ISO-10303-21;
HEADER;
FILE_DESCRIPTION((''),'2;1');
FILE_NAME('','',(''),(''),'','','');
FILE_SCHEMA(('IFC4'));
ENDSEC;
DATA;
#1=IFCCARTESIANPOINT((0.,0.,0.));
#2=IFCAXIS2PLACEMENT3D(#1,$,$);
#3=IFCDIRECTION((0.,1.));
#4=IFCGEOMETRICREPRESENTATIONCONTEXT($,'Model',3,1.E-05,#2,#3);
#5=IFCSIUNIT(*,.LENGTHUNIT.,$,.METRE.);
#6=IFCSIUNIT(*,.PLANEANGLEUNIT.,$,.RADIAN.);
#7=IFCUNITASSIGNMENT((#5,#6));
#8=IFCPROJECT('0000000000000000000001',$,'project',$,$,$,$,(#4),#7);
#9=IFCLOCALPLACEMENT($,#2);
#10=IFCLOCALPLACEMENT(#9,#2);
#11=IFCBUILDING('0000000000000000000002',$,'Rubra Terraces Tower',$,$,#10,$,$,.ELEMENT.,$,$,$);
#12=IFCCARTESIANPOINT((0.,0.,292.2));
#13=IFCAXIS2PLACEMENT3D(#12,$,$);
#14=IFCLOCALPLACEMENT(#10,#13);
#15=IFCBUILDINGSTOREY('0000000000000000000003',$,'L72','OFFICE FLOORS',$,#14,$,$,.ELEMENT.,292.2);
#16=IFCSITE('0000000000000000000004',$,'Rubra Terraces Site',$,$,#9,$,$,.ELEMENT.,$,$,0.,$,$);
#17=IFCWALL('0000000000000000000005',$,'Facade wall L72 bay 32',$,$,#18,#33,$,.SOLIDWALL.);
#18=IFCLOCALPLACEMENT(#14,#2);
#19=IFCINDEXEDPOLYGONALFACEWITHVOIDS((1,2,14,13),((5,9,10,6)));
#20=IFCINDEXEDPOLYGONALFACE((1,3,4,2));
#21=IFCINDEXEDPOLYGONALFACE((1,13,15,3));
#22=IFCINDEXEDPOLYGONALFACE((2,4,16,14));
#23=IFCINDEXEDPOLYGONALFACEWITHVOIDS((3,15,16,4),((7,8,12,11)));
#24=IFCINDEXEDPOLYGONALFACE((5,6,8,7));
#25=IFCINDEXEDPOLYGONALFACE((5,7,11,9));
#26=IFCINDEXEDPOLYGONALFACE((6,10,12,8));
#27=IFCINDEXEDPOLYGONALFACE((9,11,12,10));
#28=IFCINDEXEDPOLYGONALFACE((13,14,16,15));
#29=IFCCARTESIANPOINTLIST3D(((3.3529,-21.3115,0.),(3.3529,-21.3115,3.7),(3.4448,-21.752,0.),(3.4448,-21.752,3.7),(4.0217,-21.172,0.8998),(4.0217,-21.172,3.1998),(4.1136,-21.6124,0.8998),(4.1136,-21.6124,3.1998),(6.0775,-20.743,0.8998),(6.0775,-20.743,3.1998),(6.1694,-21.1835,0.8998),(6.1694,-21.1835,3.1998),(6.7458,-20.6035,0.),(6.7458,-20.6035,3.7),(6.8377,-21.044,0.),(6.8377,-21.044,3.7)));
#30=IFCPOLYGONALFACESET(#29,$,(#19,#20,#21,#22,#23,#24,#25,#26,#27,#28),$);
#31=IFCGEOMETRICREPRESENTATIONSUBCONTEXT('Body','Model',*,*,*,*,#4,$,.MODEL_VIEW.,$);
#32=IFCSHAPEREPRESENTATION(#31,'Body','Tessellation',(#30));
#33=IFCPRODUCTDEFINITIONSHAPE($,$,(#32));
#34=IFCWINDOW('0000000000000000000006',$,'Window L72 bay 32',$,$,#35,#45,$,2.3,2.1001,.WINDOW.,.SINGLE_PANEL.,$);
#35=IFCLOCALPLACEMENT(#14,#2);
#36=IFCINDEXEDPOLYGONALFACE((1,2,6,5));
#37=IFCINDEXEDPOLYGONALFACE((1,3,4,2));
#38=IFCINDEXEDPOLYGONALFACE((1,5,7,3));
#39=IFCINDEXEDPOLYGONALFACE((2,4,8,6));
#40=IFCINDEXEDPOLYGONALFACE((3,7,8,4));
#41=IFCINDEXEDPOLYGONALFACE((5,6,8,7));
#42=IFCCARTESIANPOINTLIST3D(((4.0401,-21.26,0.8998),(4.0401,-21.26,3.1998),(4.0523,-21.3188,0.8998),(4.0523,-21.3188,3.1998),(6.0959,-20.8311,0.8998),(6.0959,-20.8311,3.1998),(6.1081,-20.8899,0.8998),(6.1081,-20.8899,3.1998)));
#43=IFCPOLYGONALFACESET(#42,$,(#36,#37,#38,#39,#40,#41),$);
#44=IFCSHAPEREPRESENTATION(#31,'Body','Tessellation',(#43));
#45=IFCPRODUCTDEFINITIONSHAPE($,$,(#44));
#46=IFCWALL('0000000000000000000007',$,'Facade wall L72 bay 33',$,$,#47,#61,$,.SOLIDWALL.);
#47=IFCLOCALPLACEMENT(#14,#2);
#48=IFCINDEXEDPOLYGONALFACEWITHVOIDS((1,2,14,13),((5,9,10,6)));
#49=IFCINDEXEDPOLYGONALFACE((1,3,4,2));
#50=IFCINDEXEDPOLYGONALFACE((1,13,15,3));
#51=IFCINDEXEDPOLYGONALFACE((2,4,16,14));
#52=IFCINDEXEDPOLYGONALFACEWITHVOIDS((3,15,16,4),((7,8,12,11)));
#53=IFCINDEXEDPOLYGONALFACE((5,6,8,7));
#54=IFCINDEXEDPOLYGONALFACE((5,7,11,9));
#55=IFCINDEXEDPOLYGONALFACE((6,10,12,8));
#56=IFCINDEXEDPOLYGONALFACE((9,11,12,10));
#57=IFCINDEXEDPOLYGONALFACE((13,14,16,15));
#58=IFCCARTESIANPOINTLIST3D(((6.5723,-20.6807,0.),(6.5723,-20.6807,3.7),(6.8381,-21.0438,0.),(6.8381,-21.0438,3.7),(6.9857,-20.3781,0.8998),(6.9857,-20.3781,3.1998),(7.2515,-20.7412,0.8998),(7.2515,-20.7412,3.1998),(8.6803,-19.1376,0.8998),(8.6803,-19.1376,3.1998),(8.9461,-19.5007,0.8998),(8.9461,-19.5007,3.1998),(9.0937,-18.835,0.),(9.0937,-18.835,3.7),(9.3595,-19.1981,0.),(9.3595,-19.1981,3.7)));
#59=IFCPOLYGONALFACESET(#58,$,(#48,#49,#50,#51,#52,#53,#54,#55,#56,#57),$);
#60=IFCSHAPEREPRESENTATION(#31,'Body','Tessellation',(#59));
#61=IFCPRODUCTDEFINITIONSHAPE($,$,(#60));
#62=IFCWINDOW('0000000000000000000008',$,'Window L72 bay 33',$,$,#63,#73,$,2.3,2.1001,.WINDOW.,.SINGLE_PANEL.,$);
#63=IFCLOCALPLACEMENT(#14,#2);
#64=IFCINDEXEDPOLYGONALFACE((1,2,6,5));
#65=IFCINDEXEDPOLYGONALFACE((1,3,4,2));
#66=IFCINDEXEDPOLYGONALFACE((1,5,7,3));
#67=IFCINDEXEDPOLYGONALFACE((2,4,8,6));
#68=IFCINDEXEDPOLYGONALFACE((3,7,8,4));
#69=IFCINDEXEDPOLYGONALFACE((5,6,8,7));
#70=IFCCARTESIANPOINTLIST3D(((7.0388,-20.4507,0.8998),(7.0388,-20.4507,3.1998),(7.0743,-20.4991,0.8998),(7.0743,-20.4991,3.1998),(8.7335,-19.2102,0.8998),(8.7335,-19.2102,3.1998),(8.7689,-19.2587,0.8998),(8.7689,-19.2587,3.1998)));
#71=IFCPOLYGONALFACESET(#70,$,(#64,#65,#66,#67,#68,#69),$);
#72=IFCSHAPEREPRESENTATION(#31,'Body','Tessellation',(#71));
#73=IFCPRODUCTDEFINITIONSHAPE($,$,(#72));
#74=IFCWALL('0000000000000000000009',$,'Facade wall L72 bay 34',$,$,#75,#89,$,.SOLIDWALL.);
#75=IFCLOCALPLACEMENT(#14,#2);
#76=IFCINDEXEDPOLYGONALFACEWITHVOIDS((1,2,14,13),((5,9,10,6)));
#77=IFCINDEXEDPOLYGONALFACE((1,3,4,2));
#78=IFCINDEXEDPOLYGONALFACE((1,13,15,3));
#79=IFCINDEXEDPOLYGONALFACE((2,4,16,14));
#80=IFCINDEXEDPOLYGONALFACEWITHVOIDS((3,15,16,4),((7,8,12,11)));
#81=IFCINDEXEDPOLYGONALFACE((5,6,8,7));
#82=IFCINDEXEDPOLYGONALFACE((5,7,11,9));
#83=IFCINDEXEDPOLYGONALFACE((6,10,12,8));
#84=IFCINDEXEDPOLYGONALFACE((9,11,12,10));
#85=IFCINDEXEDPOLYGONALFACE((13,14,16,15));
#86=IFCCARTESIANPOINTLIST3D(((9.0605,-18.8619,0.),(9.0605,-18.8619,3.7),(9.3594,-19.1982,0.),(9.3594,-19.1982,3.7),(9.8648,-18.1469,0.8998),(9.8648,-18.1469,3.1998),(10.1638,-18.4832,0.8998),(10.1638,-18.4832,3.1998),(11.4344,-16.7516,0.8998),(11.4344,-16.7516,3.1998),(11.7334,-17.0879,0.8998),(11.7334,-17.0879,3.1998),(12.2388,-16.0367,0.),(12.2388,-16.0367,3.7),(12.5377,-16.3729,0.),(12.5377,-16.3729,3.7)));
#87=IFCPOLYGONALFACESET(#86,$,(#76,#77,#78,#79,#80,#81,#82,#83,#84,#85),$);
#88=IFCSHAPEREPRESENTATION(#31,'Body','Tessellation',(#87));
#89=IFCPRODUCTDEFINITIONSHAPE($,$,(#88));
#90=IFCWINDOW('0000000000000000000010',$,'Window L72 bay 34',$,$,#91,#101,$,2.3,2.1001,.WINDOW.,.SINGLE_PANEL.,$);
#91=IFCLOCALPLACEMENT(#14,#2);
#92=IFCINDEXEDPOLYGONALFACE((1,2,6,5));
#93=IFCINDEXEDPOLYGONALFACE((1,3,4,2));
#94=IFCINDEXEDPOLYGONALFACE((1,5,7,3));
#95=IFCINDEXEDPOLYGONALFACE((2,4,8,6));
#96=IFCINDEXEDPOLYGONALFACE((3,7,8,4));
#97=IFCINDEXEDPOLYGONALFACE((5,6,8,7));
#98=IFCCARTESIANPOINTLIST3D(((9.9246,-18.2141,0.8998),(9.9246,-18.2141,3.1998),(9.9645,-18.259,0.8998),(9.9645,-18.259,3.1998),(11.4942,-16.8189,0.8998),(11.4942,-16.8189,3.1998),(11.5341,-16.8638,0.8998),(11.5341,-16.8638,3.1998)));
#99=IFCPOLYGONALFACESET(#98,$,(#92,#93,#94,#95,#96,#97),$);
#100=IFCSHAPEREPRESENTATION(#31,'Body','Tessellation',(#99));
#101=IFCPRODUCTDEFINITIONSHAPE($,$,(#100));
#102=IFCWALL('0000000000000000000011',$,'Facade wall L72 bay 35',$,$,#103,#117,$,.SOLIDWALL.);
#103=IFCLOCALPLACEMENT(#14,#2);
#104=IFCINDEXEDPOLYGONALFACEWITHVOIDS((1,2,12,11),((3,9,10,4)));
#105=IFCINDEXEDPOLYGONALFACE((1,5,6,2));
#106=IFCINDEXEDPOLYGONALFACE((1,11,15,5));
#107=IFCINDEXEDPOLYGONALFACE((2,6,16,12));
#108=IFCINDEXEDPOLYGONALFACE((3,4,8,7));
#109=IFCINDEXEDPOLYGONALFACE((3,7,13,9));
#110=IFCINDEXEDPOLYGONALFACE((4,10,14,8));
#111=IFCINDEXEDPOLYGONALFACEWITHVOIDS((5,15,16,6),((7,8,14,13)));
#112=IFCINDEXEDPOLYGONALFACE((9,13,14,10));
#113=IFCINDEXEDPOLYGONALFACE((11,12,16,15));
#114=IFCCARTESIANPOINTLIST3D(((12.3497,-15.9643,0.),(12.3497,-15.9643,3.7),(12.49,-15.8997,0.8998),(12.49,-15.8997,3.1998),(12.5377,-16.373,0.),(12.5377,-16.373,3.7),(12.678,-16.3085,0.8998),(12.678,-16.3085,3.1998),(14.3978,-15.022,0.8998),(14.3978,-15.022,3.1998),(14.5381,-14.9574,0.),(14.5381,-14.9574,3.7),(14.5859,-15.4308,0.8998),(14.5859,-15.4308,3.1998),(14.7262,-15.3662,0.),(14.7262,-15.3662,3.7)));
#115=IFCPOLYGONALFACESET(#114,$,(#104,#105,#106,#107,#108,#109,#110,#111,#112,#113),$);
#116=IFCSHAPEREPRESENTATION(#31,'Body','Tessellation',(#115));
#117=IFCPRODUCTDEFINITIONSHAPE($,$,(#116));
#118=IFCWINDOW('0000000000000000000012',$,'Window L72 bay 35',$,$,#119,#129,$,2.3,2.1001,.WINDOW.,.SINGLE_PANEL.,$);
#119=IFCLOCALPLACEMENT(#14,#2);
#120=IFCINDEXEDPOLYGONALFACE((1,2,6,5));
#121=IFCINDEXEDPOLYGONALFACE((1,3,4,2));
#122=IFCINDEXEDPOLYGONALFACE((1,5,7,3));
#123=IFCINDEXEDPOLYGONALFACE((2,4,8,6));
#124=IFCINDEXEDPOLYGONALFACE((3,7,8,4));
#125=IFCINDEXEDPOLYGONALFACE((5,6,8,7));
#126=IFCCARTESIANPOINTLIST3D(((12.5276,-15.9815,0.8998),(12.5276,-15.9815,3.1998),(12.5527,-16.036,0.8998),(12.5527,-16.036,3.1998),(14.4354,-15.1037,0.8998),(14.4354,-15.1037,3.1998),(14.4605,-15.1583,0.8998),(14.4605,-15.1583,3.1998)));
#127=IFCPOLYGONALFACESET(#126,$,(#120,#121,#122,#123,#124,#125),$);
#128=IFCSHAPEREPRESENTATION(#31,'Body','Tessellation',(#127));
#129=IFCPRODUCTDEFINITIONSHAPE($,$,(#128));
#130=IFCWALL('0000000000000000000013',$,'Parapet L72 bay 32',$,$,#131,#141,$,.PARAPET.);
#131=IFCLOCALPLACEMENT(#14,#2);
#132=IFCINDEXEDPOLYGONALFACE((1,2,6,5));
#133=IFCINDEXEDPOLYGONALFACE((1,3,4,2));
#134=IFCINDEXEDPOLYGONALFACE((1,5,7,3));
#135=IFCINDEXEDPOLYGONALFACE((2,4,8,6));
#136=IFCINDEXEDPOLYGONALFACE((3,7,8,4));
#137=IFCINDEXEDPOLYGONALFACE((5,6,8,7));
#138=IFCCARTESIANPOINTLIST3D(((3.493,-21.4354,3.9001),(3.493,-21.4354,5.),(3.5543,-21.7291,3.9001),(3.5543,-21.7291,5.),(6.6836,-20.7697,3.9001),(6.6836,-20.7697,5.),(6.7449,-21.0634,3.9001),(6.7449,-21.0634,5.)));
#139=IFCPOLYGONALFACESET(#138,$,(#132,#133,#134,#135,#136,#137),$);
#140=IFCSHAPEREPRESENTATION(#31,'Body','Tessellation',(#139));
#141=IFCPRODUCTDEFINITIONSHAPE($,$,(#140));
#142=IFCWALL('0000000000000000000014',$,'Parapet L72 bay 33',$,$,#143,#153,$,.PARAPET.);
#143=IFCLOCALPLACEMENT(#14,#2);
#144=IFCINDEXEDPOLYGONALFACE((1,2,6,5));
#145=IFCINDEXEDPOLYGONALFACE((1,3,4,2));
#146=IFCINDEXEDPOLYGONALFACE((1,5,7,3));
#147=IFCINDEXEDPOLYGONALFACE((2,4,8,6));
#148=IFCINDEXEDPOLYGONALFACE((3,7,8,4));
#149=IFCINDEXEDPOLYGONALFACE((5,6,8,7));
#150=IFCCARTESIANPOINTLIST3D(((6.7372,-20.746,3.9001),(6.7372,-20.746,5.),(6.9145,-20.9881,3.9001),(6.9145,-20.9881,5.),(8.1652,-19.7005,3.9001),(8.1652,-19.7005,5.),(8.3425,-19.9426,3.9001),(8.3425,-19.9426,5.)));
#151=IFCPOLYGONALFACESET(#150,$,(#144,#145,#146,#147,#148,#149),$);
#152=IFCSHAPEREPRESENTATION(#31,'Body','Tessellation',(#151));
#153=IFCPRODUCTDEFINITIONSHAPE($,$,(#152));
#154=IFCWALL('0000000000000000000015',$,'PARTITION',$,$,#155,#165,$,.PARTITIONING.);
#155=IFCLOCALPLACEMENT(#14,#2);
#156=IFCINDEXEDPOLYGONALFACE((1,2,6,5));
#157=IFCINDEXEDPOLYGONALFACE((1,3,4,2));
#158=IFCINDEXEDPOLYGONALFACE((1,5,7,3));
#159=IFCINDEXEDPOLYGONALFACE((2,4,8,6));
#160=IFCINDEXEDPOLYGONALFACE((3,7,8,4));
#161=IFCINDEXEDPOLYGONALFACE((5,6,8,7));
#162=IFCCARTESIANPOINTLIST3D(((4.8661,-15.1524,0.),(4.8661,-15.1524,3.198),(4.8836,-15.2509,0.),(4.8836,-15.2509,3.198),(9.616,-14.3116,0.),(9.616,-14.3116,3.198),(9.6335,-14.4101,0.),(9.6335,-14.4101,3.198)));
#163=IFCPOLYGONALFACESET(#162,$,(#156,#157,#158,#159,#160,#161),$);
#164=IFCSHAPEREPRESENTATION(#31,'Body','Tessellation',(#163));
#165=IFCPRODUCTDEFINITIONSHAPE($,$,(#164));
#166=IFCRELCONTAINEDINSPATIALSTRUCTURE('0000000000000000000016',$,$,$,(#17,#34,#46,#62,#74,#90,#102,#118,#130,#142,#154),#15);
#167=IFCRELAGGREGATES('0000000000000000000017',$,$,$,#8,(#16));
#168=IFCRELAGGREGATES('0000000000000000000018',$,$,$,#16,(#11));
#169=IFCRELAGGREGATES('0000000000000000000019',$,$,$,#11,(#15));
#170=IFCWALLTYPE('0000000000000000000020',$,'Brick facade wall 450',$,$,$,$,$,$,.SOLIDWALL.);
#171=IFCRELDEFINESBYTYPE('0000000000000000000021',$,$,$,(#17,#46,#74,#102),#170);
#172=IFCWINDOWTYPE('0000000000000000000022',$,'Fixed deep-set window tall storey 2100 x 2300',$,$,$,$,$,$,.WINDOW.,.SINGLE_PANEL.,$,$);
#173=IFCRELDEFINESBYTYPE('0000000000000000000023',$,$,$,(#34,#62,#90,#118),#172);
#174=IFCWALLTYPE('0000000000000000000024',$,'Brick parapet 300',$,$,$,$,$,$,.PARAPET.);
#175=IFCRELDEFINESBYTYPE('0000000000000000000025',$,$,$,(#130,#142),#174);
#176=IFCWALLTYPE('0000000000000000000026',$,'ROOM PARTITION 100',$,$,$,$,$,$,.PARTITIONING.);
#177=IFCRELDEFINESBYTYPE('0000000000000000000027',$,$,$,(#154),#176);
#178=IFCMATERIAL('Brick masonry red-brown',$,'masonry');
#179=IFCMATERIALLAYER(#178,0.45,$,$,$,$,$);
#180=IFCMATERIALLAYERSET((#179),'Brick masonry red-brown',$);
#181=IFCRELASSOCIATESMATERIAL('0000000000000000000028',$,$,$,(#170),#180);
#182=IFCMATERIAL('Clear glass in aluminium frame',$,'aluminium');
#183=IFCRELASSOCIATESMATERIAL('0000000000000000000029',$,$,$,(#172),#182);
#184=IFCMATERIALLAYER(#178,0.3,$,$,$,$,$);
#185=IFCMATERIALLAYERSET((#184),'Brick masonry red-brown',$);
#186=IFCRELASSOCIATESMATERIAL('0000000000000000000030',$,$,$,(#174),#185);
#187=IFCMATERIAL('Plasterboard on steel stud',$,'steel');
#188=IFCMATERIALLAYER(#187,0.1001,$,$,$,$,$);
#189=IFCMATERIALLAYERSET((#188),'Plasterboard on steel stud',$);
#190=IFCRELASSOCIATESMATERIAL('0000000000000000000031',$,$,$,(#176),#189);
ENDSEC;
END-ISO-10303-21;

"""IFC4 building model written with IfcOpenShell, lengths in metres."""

from ifc_helpers import new_model, si_unit, direction, frame, frame_2d, origin, place, context, subcontext, project, spatial, rectangle, extrude, material, layer, layer_set, type_object, element, fill, save


model = new_model("IFC4")

# Units and contexts
model_context = context("Model", 3, precision=1e-05, world=origin(), true_north=direction((0.0, 1.0)))
body_context = subcontext(model_context, "Body", "Model", "MODEL_VIEW")
ifc_project = project(units=[si_unit("LENGTHUNIT", "METRE"), si_unit("PLANEANGLEUNIT", "RADIAN")], contexts=[model_context])

# Site, building, storey
site_placement = place(None, origin())
site = spatial("IfcSite", under=ifc_project, at=site_placement, Name="Rubra Terraces Site", CompositionType="ELEMENT", RefElevation=0.0)
building_placement = place(site_placement, origin())
building = spatial("IfcBuilding", under=site, at=building_placement, Name="Rubra Terraces Tower", CompositionType="ELEMENT")
storey_placement = place(building_placement, frame((0.0, 0.0, 292.2)))
storey = spatial("IfcBuildingStorey", under=building, at=storey_placement, Name="L72", Description="OFFICE FLOORS", CompositionType="ELEMENT", Elevation=292.2)

# Walls, openings, windows
ifc_material_1 = material(Name="Brick masonry red-brown", Category="masonry")
ifc_layer_1 = layer(ifc_material_1, 0.45)
ifc_layer_set_1 = layer_set([ifc_layer_1], Name="Brick masonry red-brown")
wall_type_1 = type_object("IfcWallType", Name="Brick facade wall 450", PredefinedType="SOLIDWALL", material=ifc_layer_set_1)
wall_1_placement = place(storey_placement, frame((3.3989, -21.5317, 0.0), z_axis=(0.0, 0.0, 1.0), x_axis=(0.978916, 0.204264, 0.0)))
wall_1 = element("IfcWall", 1, at=wall_1_placement, inside=storey, type_object=wall_type_1, Name="Facade wall L72 bay 32", PredefinedType="SOLIDWALL", context=body_context, shape_type="SweptSolid", body=[
    extrude(rectangle(XDim=3.4661, YDim=0.45, at=frame_2d((1.7329, 0.0))), origin(), (0.0, 0.0, 1.0), 3.7),
])
opening_1_placement = place(wall_1_placement, frame((0.6831, 0.0, 0.8999)))
opening_1 = element("IfcOpeningElement", 2, at=opening_1_placement, cuts=wall_1, PredefinedType="OPENING", context=body_context, shape_type="SweptSolid", body=[
    extrude(rectangle(XDim=2.1001, YDim=2.3, at=frame_2d((1.05, 1.1499))), frame((0.0, 0.2349, 0.0), z_axis=(0.0, -1.0, 0.0), x_axis=(1.0, 0.0, 0.0)), (0.0, 0.0, 1.0), 0.47),
])
ifc_material_2 = material(Name="Clear glass in aluminium frame", Category="aluminium")
window_type = type_object("IfcWindowType", Name="Fixed deep-set window tall storey 2100 x 2300", PartitioningType="SINGLE_PANEL", PredefinedType="WINDOW", material=ifc_material_2)
window_1_placement = place(opening_1_placement, origin())
window_1 = element("IfcWindow", 3, at=window_1_placement, inside=storey, type_object=window_type, Name="Window L72 bay 32", OverallHeight=2.3, OverallWidth=2.1001, PartitioningType="SINGLE_PANEL", PredefinedType="WINDOW", context=body_context, shape_type="SweptSolid", body=[
    extrude(rectangle(XDim=2.1001, YDim=2.3, at=frame_2d((1.05, 1.1499))), frame((0.0, 0.135, 0.0), z_axis=(0.0, -1.0, 0.0), x_axis=(1.0, 0.0, 0.0)), (0.0, 0.0, 1.0), 0.0601),
])
fill(opening_1, window_1)
wall_2_placement = place(storey_placement, frame((6.7051, -20.8623, 0.0), z_axis=(0.0, 0.0, 1.0), x_axis=(0.806921, 0.590659, 0.0)))
wall_2 = element("IfcWall", 4, at=wall_2_placement, inside=storey, type_object=wall_type_1, Name="Facade wall L72 bay 33", PredefinedType="SOLIDWALL", context=body_context, shape_type="SweptSolid", body=[
    extrude(rectangle(XDim=3.1248, YDim=0.45, at=frame_2d((1.5625, 0.0))), origin(), (0.0, 0.0, 1.0), 3.7),
])
opening_2_placement = place(wall_2_placement, frame((0.5125, 0.0, 0.8999)))
opening_2 = element("IfcOpeningElement", 5, at=opening_2_placement, cuts=wall_2, PredefinedType="OPENING", context=body_context, shape_type="SweptSolid", body=[
    extrude(rectangle(XDim=2.1001, YDim=2.3, at=frame_2d((1.05, 1.1499))), frame((0.0, 0.2349, 0.0), z_axis=(0.0, -1.0, 0.0), x_axis=(1.0, 0.0, 0.0)), (0.0, 0.0, 1.0), 0.47),
])
window_2_placement = place(opening_2_placement, origin())
window_2 = element("IfcWindow", 6, at=window_2_placement, inside=storey, type_object=window_type, Name="Window L72 bay 33", OverallHeight=2.3, OverallWidth=2.1001, PartitioningType="SINGLE_PANEL", PredefinedType="WINDOW", context=body_context, shape_type="SweptSolid", body=[
    extrude(rectangle(XDim=2.1001, YDim=2.3, at=frame_2d((1.05, 1.1499))), frame((0.0, 0.135, 0.0), z_axis=(0.0, -1.0, 0.0), x_axis=(1.0, 0.0, 0.0)), (0.0, 0.0, 1.0), 0.0601),
])
fill(opening_2, window_2)
wall_3_placement = place(storey_placement, frame((9.21, -19.03, 0.0), z_axis=(0.0, 0.0, 1.0), x_axis=(0.747397, 0.664378, 0.0)))
wall_3 = element("IfcWall", 7, at=wall_3_placement, inside=storey, type_object=wall_type_1, Name="Facade wall L72 bay 34", PredefinedType="SOLIDWALL", context=body_context, shape_type="SweptSolid", body=[
    extrude(rectangle(XDim=4.2524, YDim=0.45, at=frame_2d((2.1262, 0.0))), origin(), (0.0, 0.0, 1.0), 3.7),
])
opening_3_placement = place(wall_3_placement, frame((1.0762, 0.0, 0.8999)))
opening_3 = element("IfcOpeningElement", 8, at=opening_3_placement, cuts=wall_3, PredefinedType="OPENING", context=body_context, shape_type="SweptSolid", body=[
    extrude(rectangle(XDim=2.1001, YDim=2.3, at=frame_2d((1.05, 1.1499))), frame((0.0, 0.2349, 0.0), z_axis=(0.0, -1.0, 0.0), x_axis=(1.0, 0.0, 0.0)), (0.0, 0.0, 1.0), 0.47),
])
window_3_placement = place(opening_3_placement, origin())
window_3 = element("IfcWindow", 9, at=window_3_placement, inside=storey, type_object=window_type, Name="Window L72 bay 34", OverallHeight=2.3, OverallWidth=2.1001, PartitioningType="SINGLE_PANEL", PredefinedType="WINDOW", context=body_context, shape_type="SweptSolid", body=[
    extrude(rectangle(XDim=2.1001, YDim=2.3, at=frame_2d((1.05, 1.1499))), frame((0.0, 0.135, 0.0), z_axis=(0.0, -1.0, 0.0), x_axis=(1.0, 0.0, 0.0)), (0.0, 0.0, 1.0), 0.0601),
])
fill(opening_3, window_3)
wall_4_placement = place(storey_placement, frame((12.4436, -16.1687, 0.0), z_axis=(0.0, 0.0, 1.0), x_axis=(0.908469, 0.417952, 0.0)))
wall_4 = element("IfcWall", 10, at=wall_4_placement, inside=storey, type_object=wall_type_1, Name="Facade wall L72 bay 35", PredefinedType="SOLIDWALL", context=body_context, shape_type="SweptSolid", body=[
    extrude(rectangle(XDim=2.4089, YDim=0.45, at=frame_2d((1.2046, 0.0))), origin(), (0.0, 0.0, 1.0), 3.7),
])
opening_4_placement = place(wall_4_placement, frame((0.1545, 0.0, 0.8999)))
opening_4 = element("IfcOpeningElement", 11, at=opening_4_placement, cuts=wall_4, PredefinedType="OPENING", context=body_context, shape_type="SweptSolid", body=[
    extrude(rectangle(XDim=2.1001, YDim=2.3, at=frame_2d((1.05, 1.1499))), frame((0.0, 0.2349, 0.0), z_axis=(0.0, -1.0, 0.0), x_axis=(1.0, 0.0, 0.0)), (0.0, 0.0, 1.0), 0.47),
])
window_4_placement = place(opening_4_placement, origin())
window_4 = element("IfcWindow", 12, at=window_4_placement, inside=storey, type_object=window_type, Name="Window L72 bay 35", OverallHeight=2.3, OverallWidth=2.1001, PartitioningType="SINGLE_PANEL", PredefinedType="WINDOW", context=body_context, shape_type="SweptSolid", body=[
    extrude(rectangle(XDim=2.1001, YDim=2.3, at=frame_2d((1.05, 1.1499))), frame((0.0, 0.135, 0.0), z_axis=(0.0, -1.0, 0.0), x_axis=(1.0, 0.0, 0.0)), (0.0, 0.0, 1.0), 0.0601),
])
fill(opening_4, window_4)

# Walls
ifc_layer_2 = layer(ifc_material_1, 0.3)
ifc_layer_set_2 = layer_set([ifc_layer_2], Name="Brick masonry red-brown")
wall_type_2 = type_object("IfcWallType", Name="Brick parapet 300", PredefinedType="PARAPET", material=ifc_layer_set_2)
wall_5_placement = place(storey_placement, frame((3.5237, -21.5823, 3.9001), z_axis=(0.0, 0.0, 1.0), x_axis=(0.978916, 0.204262, 0.0)))
element("IfcWall", 13, at=wall_5_placement, inside=storey, type_object=wall_type_2, Name="Parapet L72 bay 32", PredefinedType="PARAPET", context=body_context, shape_type="SweptSolid", body=[
    extrude(rectangle(XDim=3.2593, YDim=0.3, at=frame_2d((1.6296, 0.0))), origin(), (0.0, 0.0, 1.0), 1.0999),
])
wall_6_placement = place(storey_placement, frame((6.8259, -20.8669, 3.9001), z_axis=(0.0, 0.0, 1.0), x_axis=(0.806883, 0.590712, 0.0)))
element("IfcWall", 14, at=wall_6_placement, inside=storey, type_object=wall_type_2, Name="Parapet L72 bay 33", PredefinedType="PARAPET", context=body_context, shape_type="SweptSolid", body=[
    extrude(rectangle(XDim=1.7698, YDim=0.3, at=frame_2d((0.8848, 0.0))), origin(), (0.0, 0.0, 1.0), 1.0999),
])
ifc_material_3 = material(Name="Plasterboard on steel stud", Category="steel")
ifc_layer_3 = layer(ifc_material_3, 0.1001)
ifc_layer_set_3 = layer_set([ifc_layer_3], Name="Plasterboard on steel stud")
wall_type_3 = type_object("IfcWallType", Name="ROOM PARTITION 100", PredefinedType="PARTITIONING", material=ifc_layer_set_3)
wall_7_placement = place(storey_placement, frame((9.6248, -14.3608, 0.0), z_axis=(0.0, 0.0, 1.0), x_axis=(-0.984692, -0.174305, 0.0)))
element("IfcWall", 15, at=wall_7_placement, inside=storey, type_object=wall_type_3, Name="PARTITION", PredefinedType="PARTITIONING", context=body_context, shape_type="SweptSolid", body=[
    extrude(rectangle(XDim=4.8237, YDim=0.1001, at=frame_2d((2.4119, 0.0))), origin(), (0.0, 0.0, 1.0), 3.198),
])

save(model, "model.ifc")
